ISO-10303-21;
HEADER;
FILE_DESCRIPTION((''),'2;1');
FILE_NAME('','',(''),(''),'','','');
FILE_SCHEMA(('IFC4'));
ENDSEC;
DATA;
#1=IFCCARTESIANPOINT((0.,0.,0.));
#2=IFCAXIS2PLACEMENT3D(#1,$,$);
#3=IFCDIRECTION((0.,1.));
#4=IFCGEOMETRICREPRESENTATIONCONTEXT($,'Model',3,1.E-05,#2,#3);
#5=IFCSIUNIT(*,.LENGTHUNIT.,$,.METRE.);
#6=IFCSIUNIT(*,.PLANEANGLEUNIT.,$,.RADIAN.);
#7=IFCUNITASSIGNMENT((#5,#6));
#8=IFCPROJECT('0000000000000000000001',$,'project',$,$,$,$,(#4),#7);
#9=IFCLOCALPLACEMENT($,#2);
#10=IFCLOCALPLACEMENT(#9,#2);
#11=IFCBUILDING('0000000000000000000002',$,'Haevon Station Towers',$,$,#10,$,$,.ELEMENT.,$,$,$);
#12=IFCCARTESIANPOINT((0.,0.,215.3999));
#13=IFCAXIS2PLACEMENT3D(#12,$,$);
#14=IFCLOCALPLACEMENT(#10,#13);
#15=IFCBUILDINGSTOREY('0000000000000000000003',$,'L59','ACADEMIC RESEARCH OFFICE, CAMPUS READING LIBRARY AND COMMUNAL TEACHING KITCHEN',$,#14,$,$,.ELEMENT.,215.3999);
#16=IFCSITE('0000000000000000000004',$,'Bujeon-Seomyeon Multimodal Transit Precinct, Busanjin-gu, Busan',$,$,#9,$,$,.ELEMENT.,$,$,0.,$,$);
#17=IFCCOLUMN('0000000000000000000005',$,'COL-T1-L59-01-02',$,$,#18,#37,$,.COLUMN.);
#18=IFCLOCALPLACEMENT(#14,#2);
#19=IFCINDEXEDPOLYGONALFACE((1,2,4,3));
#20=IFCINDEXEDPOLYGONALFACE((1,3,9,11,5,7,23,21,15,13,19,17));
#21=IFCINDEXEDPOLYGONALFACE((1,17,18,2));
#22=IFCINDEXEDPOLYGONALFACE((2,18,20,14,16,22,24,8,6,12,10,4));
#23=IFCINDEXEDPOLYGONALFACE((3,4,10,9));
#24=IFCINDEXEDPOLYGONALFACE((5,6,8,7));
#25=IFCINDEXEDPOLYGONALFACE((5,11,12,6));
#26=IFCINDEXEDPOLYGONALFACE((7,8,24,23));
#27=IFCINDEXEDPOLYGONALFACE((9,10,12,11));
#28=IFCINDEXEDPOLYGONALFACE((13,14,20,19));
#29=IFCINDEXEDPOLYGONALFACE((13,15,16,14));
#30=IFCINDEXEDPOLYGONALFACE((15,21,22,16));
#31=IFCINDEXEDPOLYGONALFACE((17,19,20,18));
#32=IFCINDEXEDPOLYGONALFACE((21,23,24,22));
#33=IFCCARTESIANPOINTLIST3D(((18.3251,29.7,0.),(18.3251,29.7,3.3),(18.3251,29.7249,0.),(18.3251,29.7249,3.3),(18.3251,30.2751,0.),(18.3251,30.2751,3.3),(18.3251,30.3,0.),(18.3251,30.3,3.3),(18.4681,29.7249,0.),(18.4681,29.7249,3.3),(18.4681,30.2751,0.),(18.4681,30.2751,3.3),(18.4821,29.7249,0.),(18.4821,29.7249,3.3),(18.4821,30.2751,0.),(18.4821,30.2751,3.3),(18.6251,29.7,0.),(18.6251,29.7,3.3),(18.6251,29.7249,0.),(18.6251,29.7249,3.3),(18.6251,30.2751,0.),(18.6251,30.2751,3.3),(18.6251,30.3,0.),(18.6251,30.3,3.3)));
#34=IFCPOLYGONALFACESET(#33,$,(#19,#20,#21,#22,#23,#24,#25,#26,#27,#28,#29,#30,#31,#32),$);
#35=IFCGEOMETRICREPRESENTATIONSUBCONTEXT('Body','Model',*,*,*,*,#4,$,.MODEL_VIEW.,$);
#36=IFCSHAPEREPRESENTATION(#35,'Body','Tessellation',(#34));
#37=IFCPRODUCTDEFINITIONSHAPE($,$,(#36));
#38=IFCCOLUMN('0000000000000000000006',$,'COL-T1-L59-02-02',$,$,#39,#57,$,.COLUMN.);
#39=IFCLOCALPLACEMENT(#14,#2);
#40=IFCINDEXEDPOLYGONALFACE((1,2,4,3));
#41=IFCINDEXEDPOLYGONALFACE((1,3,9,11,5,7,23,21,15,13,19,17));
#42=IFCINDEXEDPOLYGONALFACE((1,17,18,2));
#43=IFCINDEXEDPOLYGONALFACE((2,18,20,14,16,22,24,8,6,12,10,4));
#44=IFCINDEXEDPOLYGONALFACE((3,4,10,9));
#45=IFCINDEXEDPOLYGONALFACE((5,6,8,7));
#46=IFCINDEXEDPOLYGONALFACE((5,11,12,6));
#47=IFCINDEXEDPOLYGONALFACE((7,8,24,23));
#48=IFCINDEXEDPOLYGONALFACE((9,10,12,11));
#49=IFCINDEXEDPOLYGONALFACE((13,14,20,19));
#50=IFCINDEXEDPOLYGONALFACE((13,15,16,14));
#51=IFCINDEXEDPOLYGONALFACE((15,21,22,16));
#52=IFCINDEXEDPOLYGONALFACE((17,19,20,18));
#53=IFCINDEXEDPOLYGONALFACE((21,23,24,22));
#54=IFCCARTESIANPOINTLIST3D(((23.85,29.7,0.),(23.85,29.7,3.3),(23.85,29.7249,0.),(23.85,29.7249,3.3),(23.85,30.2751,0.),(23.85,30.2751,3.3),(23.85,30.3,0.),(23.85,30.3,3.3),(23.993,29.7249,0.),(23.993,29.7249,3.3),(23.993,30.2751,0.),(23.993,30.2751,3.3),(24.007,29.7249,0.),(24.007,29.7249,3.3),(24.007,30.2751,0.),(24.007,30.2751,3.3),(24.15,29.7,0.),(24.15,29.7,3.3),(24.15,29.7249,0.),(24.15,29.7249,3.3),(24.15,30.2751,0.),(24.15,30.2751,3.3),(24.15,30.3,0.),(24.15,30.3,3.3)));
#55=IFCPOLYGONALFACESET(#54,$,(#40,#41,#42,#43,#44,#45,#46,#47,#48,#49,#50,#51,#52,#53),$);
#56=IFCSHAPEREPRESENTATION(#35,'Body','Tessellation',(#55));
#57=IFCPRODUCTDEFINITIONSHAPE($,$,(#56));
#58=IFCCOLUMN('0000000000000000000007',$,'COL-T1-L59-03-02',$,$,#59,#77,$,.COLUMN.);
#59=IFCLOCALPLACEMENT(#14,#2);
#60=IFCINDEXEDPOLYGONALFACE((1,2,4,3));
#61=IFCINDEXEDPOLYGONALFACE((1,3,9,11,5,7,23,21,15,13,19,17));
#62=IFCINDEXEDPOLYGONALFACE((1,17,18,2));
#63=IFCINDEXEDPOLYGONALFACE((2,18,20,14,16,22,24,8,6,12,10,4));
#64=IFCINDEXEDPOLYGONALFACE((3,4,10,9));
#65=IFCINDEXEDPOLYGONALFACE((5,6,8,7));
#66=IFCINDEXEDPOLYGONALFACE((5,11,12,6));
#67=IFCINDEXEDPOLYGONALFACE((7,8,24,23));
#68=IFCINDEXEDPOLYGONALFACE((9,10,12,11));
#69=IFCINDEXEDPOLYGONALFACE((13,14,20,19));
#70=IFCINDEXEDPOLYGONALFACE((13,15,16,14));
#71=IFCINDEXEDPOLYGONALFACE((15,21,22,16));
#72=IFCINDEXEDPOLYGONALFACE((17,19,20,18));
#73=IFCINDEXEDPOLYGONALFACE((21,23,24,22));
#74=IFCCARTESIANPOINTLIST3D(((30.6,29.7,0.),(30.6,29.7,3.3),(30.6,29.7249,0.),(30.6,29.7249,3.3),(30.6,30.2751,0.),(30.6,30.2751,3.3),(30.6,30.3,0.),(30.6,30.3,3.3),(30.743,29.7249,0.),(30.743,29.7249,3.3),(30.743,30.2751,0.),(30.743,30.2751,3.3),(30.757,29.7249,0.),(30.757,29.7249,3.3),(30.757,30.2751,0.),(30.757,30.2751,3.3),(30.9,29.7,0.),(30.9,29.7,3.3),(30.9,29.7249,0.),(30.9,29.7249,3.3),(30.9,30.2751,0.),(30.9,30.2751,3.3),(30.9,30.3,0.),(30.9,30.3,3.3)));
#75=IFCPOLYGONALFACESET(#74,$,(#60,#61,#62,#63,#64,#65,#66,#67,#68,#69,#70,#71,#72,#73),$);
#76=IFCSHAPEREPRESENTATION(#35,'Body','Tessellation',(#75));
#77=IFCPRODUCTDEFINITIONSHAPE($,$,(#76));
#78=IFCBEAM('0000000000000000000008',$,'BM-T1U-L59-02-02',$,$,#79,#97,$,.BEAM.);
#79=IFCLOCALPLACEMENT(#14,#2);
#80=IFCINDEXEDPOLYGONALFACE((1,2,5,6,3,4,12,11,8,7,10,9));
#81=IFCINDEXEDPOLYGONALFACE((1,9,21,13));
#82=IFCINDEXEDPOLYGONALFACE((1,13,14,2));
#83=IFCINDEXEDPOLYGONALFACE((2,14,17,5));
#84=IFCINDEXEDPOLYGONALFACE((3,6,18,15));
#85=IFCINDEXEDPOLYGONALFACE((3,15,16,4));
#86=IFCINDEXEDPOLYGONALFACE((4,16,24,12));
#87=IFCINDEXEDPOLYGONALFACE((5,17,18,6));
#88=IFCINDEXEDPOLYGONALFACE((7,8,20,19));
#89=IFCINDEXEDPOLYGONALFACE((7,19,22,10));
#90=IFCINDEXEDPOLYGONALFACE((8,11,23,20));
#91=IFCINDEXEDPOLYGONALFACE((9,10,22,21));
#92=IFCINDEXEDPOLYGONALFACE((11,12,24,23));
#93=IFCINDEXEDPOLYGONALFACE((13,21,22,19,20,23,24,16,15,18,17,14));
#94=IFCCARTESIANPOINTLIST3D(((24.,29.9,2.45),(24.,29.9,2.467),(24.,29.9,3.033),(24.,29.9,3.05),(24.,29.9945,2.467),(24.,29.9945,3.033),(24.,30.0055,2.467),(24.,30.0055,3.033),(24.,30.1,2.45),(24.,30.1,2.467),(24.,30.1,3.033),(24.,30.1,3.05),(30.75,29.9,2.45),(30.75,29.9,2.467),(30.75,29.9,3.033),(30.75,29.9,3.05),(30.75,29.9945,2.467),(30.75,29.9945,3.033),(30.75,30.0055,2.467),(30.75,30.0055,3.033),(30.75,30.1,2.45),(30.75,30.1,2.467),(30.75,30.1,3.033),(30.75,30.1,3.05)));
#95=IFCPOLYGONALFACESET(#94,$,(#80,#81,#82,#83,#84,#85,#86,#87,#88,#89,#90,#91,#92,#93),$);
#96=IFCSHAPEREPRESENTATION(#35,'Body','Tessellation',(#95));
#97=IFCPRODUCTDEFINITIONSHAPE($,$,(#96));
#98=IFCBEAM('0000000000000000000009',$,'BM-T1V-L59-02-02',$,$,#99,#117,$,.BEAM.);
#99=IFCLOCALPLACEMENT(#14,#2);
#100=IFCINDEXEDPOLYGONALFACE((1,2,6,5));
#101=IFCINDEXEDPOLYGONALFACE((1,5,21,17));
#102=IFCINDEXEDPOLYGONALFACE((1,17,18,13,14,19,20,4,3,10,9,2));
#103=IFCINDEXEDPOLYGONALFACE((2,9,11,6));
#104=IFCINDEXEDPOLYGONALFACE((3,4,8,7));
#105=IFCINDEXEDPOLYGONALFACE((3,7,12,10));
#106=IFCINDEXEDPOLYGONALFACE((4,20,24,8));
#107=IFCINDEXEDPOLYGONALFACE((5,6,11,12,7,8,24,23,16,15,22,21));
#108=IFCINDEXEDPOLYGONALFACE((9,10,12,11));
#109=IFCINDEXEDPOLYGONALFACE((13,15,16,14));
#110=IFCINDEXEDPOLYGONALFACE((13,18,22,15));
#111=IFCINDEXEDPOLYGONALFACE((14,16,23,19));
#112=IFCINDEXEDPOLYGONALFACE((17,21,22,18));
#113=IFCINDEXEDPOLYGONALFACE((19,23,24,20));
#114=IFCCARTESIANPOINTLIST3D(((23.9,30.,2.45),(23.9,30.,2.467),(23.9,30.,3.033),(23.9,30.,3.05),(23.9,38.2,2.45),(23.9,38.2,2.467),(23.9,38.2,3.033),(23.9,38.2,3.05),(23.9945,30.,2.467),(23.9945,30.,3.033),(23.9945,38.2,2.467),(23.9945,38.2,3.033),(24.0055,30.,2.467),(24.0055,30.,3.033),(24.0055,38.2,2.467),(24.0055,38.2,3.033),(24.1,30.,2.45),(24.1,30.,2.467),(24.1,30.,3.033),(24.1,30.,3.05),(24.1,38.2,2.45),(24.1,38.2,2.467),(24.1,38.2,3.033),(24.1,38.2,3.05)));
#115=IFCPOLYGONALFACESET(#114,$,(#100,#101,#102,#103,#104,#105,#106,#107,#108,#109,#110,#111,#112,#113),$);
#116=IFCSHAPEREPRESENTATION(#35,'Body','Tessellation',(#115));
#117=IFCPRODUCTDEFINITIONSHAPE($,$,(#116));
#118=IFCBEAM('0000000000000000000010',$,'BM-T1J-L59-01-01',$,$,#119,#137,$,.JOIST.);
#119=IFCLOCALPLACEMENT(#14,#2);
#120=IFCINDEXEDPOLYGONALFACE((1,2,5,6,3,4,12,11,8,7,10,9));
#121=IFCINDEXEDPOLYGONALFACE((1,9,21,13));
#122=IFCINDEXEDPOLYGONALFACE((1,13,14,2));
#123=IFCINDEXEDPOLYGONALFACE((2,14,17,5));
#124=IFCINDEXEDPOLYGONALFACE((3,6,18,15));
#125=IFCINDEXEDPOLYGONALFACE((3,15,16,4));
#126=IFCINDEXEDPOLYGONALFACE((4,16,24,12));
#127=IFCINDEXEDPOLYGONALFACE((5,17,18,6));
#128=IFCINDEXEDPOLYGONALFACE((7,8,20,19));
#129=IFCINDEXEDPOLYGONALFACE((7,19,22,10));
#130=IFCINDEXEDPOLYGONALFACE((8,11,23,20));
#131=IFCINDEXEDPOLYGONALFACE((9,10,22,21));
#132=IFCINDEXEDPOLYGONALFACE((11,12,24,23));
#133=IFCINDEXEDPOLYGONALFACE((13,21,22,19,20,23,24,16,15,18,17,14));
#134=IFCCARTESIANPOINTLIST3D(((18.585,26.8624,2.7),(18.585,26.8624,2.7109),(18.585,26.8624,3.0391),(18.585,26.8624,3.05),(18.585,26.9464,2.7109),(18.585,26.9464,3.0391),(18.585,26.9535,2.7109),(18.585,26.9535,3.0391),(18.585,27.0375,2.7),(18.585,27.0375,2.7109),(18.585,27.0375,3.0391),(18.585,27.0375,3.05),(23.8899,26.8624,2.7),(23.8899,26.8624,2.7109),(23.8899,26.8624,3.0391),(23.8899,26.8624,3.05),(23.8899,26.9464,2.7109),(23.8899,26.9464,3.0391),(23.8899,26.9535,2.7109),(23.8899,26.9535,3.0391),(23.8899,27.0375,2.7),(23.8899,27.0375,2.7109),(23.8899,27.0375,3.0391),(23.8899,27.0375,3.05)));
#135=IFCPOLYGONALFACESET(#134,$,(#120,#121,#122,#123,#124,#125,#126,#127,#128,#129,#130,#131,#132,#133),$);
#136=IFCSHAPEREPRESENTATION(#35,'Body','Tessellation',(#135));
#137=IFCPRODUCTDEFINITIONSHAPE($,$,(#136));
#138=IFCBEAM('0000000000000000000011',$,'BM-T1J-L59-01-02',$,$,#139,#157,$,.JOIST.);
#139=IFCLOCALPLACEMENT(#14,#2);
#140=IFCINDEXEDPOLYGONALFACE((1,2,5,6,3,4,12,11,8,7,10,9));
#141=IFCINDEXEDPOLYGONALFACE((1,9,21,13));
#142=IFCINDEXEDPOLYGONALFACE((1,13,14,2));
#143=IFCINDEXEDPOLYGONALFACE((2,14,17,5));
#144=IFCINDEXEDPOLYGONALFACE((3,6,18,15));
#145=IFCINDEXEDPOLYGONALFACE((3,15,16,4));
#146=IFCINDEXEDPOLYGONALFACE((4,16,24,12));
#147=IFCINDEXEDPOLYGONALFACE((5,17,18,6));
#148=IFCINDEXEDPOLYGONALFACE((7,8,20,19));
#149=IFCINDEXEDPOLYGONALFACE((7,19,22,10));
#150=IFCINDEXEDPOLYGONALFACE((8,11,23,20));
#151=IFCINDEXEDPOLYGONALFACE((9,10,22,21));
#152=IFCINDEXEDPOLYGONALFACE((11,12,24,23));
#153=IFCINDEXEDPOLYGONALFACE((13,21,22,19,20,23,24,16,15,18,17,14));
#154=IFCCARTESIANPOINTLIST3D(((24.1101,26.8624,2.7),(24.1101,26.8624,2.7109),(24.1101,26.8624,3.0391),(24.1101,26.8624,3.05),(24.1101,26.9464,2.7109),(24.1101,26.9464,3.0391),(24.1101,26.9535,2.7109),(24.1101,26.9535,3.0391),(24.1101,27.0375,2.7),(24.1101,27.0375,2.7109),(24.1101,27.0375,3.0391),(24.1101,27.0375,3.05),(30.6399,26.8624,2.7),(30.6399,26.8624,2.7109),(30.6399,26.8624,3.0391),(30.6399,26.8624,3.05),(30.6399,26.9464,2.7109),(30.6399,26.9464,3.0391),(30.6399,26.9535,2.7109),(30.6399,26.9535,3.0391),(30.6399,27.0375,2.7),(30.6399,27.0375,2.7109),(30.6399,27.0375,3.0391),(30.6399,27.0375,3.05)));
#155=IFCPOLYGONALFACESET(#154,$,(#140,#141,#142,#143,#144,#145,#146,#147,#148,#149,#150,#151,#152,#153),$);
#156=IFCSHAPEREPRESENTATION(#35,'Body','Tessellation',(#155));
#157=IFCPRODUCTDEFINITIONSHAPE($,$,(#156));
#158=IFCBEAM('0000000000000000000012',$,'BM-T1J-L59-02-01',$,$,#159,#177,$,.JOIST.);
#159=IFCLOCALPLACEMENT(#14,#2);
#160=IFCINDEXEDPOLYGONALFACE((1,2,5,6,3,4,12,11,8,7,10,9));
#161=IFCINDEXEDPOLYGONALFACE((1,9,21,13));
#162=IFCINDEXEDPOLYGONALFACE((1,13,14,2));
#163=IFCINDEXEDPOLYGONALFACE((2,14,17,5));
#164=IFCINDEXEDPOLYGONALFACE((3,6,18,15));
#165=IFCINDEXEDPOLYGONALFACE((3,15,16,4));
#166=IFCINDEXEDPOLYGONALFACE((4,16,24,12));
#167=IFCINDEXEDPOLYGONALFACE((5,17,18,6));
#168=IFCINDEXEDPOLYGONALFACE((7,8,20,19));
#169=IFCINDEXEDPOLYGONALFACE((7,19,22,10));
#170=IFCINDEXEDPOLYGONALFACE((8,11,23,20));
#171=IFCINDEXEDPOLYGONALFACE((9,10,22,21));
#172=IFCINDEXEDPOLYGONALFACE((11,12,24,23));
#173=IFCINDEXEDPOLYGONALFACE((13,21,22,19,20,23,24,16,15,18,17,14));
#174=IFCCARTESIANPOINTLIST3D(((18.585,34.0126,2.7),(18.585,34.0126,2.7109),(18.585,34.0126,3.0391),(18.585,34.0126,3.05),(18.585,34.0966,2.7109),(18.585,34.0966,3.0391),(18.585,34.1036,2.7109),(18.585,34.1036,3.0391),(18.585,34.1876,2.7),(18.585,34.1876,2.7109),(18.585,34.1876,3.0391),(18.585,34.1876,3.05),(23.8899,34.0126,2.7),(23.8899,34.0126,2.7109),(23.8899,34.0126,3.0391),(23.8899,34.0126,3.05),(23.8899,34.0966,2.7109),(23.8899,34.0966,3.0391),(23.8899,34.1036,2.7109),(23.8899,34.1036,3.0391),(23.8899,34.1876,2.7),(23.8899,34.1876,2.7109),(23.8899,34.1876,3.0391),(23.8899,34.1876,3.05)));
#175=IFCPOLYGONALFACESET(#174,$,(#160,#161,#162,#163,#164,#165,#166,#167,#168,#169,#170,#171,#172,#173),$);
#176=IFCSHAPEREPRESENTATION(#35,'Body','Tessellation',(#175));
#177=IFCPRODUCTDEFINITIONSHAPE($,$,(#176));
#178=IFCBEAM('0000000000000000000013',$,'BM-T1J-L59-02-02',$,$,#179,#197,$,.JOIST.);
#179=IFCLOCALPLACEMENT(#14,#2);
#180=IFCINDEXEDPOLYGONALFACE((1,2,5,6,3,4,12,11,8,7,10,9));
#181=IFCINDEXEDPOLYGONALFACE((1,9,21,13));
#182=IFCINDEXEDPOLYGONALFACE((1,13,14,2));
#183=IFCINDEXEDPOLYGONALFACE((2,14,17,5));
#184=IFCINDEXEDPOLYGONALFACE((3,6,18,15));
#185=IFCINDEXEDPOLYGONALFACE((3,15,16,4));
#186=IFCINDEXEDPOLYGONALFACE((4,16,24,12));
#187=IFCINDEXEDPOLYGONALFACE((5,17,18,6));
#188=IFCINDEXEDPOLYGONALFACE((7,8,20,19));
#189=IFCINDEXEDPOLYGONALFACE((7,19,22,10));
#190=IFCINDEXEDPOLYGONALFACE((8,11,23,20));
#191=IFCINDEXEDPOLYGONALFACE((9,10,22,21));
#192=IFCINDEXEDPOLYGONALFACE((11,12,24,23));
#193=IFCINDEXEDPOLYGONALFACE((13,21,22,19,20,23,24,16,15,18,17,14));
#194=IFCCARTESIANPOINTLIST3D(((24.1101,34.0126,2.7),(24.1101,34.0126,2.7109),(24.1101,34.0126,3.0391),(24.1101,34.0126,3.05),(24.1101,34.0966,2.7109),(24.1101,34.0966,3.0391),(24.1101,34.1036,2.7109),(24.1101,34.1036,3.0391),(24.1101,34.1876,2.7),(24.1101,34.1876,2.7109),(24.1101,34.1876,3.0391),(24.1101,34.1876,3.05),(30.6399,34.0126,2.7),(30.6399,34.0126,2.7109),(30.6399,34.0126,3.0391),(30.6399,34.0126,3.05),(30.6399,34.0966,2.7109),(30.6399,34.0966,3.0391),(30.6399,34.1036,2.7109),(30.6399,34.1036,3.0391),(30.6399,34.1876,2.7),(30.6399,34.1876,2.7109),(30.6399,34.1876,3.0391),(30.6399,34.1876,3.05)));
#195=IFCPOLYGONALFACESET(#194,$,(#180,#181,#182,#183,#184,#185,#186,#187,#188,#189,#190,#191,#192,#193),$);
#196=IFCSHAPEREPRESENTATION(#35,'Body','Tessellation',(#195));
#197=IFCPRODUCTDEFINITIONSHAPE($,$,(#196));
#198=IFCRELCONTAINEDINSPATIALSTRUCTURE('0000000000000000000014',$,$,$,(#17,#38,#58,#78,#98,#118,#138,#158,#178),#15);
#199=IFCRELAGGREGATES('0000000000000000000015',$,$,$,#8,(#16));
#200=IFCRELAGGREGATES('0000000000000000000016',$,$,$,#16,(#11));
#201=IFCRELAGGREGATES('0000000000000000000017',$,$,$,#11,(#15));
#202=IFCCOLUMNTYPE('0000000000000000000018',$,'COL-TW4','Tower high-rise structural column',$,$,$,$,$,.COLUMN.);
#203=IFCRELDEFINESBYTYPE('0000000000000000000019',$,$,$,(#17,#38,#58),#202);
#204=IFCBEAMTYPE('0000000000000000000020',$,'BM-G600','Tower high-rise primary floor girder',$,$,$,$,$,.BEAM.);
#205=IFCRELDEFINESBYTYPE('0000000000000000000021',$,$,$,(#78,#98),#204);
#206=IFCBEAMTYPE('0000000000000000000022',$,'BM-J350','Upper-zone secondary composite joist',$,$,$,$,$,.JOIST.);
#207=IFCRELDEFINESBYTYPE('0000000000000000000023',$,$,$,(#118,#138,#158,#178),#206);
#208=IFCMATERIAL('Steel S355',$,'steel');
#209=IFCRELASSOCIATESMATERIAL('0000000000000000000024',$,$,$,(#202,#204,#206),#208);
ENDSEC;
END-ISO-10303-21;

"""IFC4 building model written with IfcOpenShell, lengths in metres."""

from ifc_helpers import new_model, si_unit, direction, frame, origin, origin_2d, place, context, subcontext, project, spatial, i_section, extrude, material, material_profile, profile_set, type_object, element, save


model = new_model("IFC4")

# Units and contexts
model_context = context("Model", 3, precision=1e-05, world=origin(), true_north=direction((0.0, 1.0)))
body_context = subcontext(model_context, "Body", "Model", "MODEL_VIEW")
ifc_project = project(units=[si_unit("LENGTHUNIT", "METRE"), si_unit("PLANEANGLEUNIT", "RADIAN")], contexts=[model_context])

# Site, building, storey
site_placement = place(None, origin())
site = spatial("IfcSite", under=ifc_project, at=site_placement, Name="Bujeon-Seomyeon Multimodal Transit Precinct, Busanjin-gu, Busan", CompositionType="ELEMENT", RefElevation=0.0)
building_placement = place(site_placement, origin())
building = spatial("IfcBuilding", under=site, at=building_placement, Name="Haevon Station Towers", CompositionType="ELEMENT")
storey_placement = place(building_placement, frame((0.0, 0.0, 215.3999)))
storey = spatial("IfcBuildingStorey", under=building, at=storey_placement, Name="L59", Description="ACADEMIC RESEARCH OFFICE, CAMPUS READING LIBRARY AND COMMUNAL TEACHING KITCHEN", CompositionType="ELEMENT", Elevation=215.3999)

# Columns
ifc_material_1 = material(Name="Steel S355", Category="steel")
ifc_material_profile_1 = material_profile(ifc_material_1, i_section(OverallWidth=0.3, OverallDepth=0.6001, WebThickness=0.0139, FlangeThickness=0.0249, at=origin_2d()), Name="H-600x300x14x25")
ifc_profile_set_1 = profile_set([ifc_material_profile_1], Name="Steel S355")
column_type = type_object("IfcColumnType", Name="COL-TW4", Description="Tower high-rise structural column", PredefinedType="COLUMN", material=ifc_profile_set_1)
for number, where, z_axis, x_axis, name in (
    (1, (18.4751, 30.0, 0.0), (0.0, 0.0, 1.0), (1.0, 0.0, 0.0), "COL-T1-L59-01-02"),
    (2, (24.0, 30.0, 0.0), (0.0, 0.0, 1.0), (1.0, 0.0, 0.0), "COL-T1-L59-02-02"),
    (3, (30.75, 30.0, 0.0), (0.0, 0.0, 1.0), (1.0, 0.0, 0.0), "COL-T1-L59-03-02"),
):
    element("IfcColumn", number, at=place(storey_placement, frame(where, z_axis=z_axis, x_axis=x_axis)), inside=storey, type_object=column_type, Name=name, PredefinedType="COLUMN", context=body_context, shape_type="SweptSolid", body=[
        extrude(i_section(OverallWidth=0.3, OverallDepth=0.6001, WebThickness=0.0139, FlangeThickness=0.0249, at=origin_2d()), origin(), (0.0, 0.0, 1.0), 3.3),
    ])

# Beams
ifc_material_profile_2 = material_profile(ifc_material_1, i_section(OverallWidth=0.2, OverallDepth=0.6001, WebThickness=0.011, FlangeThickness=0.0171, at=origin_2d()), Name="H-600x200x11x17")
ifc_profile_set_2 = profile_set([ifc_material_profile_2], Name="Steel S355")
beam_type_1 = type_object("IfcBeamType", Name="BM-G600", Description="Tower high-rise primary floor girder", PredefinedType="BEAM", material=ifc_profile_set_2)
beam_1_placement = place(storey_placement, frame((24.0, 30.0, 2.75), z_axis=(1.0, 0.0, 0.0), x_axis=(0.0, 1.0, 0.0)))
element("IfcBeam", 4, at=beam_1_placement, inside=storey, type_object=beam_type_1, Name="BM-T1U-L59-02-02", PredefinedType="BEAM", context=body_context, shape_type="SweptSolid", body=[
    extrude(i_section(OverallWidth=0.2, OverallDepth=0.6001, WebThickness=0.011, FlangeThickness=0.0171, at=origin_2d()), origin(), (0.0, 0.0, 1.0), 6.75),
])
beam_2_placement = place(storey_placement, frame((24.0, 30.0, 2.75), z_axis=(0.0, 1.0, 0.0), x_axis=(-1.0, 0.0, 0.0)))
element("IfcBeam", 5, at=beam_2_placement, inside=storey, type_object=beam_type_1, Name="BM-T1V-L59-02-02", PredefinedType="BEAM", context=body_context, shape_type="SweptSolid", body=[
    extrude(i_section(OverallWidth=0.2, OverallDepth=0.6001, WebThickness=0.011, FlangeThickness=0.0171, at=origin_2d()), origin(), (0.0, 0.0, 1.0), 8.2),
])
ifc_material_profile_3 = material_profile(ifc_material_1, i_section(OverallWidth=0.175, OverallDepth=0.3501, WebThickness=0.0071, FlangeThickness=0.011, at=origin_2d()), Name="H-350x175x7x11")
ifc_profile_set_3 = profile_set([ifc_material_profile_3], Name="Steel S355")
beam_type_2 = type_object("IfcBeamType", Name="BM-J350", Description="Upper-zone secondary composite joist", PredefinedType="JOIST", material=ifc_profile_set_3)
beam_3_placement = place(storey_placement, frame((18.585, 26.95, 2.875), z_axis=(1.0, 0.0, 0.0), x_axis=(0.0, 1.0, 0.0)))
element("IfcBeam", 6, at=beam_3_placement, inside=storey, type_object=beam_type_2, Name="BM-T1J-L59-01-01", PredefinedType="JOIST", context=body_context, shape_type="SweptSolid", body=[
    extrude(i_section(OverallWidth=0.175, OverallDepth=0.3501, WebThickness=0.0071, FlangeThickness=0.011, at=origin_2d()), origin(), (0.0, 0.0, 1.0), 5.3049),
])
beam_4_placement = place(storey_placement, frame((24.1101, 26.95, 2.875), z_axis=(1.0, 0.0, 0.0), x_axis=(0.0, 1.0, 0.0)))
element("IfcBeam", 7, at=beam_4_placement, inside=storey, type_object=beam_type_2, Name="BM-T1J-L59-01-02", PredefinedType="JOIST", context=body_context, shape_type="SweptSolid", body=[
    extrude(i_section(OverallWidth=0.175, OverallDepth=0.3501, WebThickness=0.0071, FlangeThickness=0.011, at=origin_2d()), origin(), (0.0, 0.0, 1.0), 6.5298),
])
beam_5_placement = place(storey_placement, frame((18.585, 34.1001, 2.875), z_axis=(1.0, 0.0, 0.0), x_axis=(0.0, 1.0, 0.0)))
element("IfcBeam", 8, at=beam_5_placement, inside=storey, type_object=beam_type_2, Name="BM-T1J-L59-02-01", PredefinedType="JOIST", context=body_context, shape_type="SweptSolid", body=[
    extrude(i_section(OverallWidth=0.175, OverallDepth=0.3501, WebThickness=0.0071, FlangeThickness=0.011, at=origin_2d()), origin(), (0.0, 0.0, 1.0), 5.3049),
])
beam_6_placement = place(storey_placement, frame((24.1101, 34.1001, 2.875), z_axis=(1.0, 0.0, 0.0), x_axis=(0.0, 1.0, 0.0)))
element("IfcBeam", 9, at=beam_6_placement, inside=storey, type_object=beam_type_2, Name="BM-T1J-L59-02-02", PredefinedType="JOIST", context=body_context, shape_type="SweptSolid", body=[
    extrude(i_section(OverallWidth=0.175, OverallDepth=0.3501, WebThickness=0.0071, FlangeThickness=0.011, at=origin_2d()), origin(), (0.0, 0.0, 1.0), 6.5298),
])

save(model, "model.ifc")
